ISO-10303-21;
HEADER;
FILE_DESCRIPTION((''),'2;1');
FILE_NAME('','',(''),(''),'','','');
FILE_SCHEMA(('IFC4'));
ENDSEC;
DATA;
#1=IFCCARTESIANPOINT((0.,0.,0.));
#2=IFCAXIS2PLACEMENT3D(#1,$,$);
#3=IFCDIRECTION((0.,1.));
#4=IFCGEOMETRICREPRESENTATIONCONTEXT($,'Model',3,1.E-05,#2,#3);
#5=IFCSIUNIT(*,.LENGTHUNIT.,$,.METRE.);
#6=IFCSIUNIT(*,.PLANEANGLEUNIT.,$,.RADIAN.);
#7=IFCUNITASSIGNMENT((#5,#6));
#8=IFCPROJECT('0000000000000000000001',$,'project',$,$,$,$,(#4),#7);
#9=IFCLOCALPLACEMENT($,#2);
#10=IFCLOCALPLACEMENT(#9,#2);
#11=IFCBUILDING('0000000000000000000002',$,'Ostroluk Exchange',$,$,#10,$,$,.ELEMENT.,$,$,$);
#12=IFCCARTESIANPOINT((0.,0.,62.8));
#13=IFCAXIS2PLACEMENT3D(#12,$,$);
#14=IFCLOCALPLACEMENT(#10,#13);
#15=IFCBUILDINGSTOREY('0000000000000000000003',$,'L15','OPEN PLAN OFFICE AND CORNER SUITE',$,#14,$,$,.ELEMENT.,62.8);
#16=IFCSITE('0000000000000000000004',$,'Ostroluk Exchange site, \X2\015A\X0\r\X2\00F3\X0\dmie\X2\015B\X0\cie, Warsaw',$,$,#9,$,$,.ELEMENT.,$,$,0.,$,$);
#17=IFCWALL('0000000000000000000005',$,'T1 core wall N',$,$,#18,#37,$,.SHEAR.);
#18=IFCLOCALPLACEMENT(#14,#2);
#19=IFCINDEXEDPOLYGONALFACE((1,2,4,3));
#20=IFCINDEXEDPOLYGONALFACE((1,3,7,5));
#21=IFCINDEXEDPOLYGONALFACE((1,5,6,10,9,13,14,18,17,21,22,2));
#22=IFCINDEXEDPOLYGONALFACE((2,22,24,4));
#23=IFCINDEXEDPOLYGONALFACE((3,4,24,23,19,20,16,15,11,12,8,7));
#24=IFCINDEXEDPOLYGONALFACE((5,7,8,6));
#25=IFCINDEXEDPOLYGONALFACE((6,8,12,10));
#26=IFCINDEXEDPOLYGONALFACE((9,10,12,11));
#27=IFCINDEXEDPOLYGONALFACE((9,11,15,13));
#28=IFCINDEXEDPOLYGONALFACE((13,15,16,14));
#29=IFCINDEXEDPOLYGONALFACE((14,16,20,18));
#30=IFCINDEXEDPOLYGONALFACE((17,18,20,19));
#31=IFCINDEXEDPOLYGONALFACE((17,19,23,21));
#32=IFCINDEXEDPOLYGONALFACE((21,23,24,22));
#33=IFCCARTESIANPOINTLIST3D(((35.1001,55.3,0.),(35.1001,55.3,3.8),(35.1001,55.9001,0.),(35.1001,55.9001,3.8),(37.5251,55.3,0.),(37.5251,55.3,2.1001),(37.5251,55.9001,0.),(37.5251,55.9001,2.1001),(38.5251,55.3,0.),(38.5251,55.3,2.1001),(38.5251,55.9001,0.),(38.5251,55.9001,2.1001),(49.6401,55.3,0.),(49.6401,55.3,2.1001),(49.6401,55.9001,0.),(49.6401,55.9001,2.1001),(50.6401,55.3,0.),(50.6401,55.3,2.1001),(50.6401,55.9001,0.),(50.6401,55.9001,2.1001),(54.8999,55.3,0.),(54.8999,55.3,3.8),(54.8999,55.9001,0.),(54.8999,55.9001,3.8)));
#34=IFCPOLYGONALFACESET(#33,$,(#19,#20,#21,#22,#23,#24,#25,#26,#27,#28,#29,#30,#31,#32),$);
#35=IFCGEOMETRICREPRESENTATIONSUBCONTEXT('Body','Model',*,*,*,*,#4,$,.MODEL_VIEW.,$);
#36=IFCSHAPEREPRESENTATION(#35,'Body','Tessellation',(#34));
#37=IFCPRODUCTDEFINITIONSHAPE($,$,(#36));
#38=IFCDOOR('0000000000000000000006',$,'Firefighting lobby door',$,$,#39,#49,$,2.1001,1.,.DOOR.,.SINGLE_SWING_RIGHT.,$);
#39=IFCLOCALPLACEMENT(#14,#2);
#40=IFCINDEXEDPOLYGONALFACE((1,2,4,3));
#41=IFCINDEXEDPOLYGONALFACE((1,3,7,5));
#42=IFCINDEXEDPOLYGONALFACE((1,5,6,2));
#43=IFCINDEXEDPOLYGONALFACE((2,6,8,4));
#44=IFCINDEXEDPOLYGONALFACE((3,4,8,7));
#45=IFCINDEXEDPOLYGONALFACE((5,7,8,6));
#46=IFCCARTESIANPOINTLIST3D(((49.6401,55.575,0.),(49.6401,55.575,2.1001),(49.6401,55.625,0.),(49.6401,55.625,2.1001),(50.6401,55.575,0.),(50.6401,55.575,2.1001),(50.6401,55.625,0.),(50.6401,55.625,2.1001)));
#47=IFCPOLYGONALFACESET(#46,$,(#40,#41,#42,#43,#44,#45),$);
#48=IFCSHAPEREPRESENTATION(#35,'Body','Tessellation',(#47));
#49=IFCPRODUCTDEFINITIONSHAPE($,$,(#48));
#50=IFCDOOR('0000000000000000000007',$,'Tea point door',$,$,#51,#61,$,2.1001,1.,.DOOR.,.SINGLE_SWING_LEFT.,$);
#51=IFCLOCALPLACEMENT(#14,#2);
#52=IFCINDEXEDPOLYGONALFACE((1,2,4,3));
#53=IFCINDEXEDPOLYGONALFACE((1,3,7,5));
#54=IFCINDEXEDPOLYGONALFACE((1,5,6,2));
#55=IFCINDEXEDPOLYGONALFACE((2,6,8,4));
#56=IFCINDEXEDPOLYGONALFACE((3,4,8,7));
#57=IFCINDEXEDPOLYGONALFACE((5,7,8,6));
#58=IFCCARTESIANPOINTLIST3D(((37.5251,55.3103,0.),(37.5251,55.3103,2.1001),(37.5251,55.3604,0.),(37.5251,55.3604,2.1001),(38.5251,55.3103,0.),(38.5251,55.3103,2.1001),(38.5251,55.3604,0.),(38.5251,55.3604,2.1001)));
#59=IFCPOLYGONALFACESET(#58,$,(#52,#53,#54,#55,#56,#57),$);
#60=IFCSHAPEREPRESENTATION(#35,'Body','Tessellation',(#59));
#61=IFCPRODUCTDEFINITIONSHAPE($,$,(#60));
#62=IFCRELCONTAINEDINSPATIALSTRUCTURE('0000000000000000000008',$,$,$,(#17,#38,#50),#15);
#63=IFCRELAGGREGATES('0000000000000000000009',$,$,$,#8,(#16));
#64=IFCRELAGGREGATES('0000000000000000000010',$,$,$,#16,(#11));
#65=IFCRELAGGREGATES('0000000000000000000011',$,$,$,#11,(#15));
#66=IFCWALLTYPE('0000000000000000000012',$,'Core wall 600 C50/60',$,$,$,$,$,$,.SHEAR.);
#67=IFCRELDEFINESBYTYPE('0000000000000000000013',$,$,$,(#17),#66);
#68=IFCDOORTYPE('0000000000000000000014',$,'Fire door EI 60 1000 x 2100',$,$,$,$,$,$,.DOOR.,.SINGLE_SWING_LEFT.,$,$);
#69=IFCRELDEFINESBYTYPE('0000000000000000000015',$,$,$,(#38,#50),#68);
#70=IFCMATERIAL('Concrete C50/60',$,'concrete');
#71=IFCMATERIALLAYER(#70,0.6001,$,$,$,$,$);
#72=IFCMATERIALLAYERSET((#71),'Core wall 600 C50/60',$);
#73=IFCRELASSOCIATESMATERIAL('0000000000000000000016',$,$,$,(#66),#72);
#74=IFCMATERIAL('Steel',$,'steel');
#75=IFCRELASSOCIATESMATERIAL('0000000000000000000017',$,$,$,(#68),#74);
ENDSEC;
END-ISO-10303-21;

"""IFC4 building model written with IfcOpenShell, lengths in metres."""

from ifc_helpers import new_model, si_unit, direction, frame, frame_2d, origin, place, context, subcontext, project, spatial, rectangle, extrude, material, layer, layer_set, type_object, element, fill, save


model = new_model("IFC4")

# Units and contexts
model_context = context("Model", 3, precision=1e-05, world=origin(), true_north=direction((0.0, 1.0)))
body_context = subcontext(model_context, "Body", "Model", "MODEL_VIEW")
ifc_project = project(units=[si_unit("LENGTHUNIT", "METRE"), si_unit("PLANEANGLEUNIT", "RADIAN")], contexts=[model_context])

# Site, building, storey
site_placement = place(None, origin())
site = spatial("IfcSite", under=ifc_project, at=site_placement, Name="Ostroluk Exchange site, Śródmieście, Warsaw", CompositionType="ELEMENT", RefElevation=0.0)
building_placement = place(site_placement, origin())
building = spatial("IfcBuilding", under=site, at=building_placement, Name="Ostroluk Exchange", CompositionType="ELEMENT")
storey_placement = place(building_placement, frame((0.0, 0.0, 62.8)))
storey = spatial("IfcBuildingStorey", under=building, at=storey_placement, Name="L15", Description="OPEN PLAN OFFICE AND CORNER SUITE", CompositionType="ELEMENT", Elevation=62.8)

# Wall, openings, doors
ifc_material_1 = material(Name="Concrete C50/60", Category="concrete")
ifc_layer_1 = layer(ifc_material_1, 0.6001)
ifc_layer_set_1 = layer_set([ifc_layer_1], Name="Core wall 600 C50/60")
wall_type_1 = type_object("IfcWallType", Name="Core wall 600 C50/60", PredefinedType="SHEAR", material=ifc_layer_set_1)
wall_1_placement = place(storey_placement, frame((35.1001, 55.6001, 0.0), z_axis=(0.0, 0.0, 1.0), x_axis=(1.0, 0.0, 0.0)))
wall_1 = element("IfcWall", 1, at=wall_1_placement, inside=storey, type_object=wall_type_1, Name="T1 core wall N", PredefinedType="SHEAR", context=body_context, shape_type="SweptSolid", body=[
    extrude(rectangle(XDim=19.7998, YDim=0.6001, at=frame_2d((9.8999, 0.0))), origin(), (0.0, 0.0, 1.0), 3.8),
])
opening_1_placement = place(wall_1_placement, frame((14.54, 0.0, 0.0)))
opening_1 = element("IfcOpeningElement", 2, at=opening_1_placement, cuts=wall_1, PredefinedType="OPENING", context=body_context, shape_type="SweptSolid", body=[
    extrude(rectangle(XDim=1.0, YDim=2.1001, at=frame_2d((0.5, 1.05))), frame((0.0, 0.3101, 0.0), z_axis=(0.0, -1.0, 0.0), x_axis=(1.0, 0.0, 0.0)), (0.0, 0.0, 1.0), 0.6201),
])
opening_2_placement = place(wall_1_placement, frame((2.425, 0.0, 0.0)))
opening_2 = element("IfcOpeningElement", 3, at=opening_2_placement, cuts=wall_1, PredefinedType="OPENING", context=body_context, shape_type="SweptSolid", body=[
    extrude(rectangle(XDim=1.0, YDim=2.1001, at=frame_2d((0.5, 1.05))), frame((0.0, 0.3101, 0.0), z_axis=(0.0, -1.0, 0.0), x_axis=(1.0, 0.0, 0.0)), (0.0, 0.0, 1.0), 0.6201),
])
ifc_material_2 = material(Name="Steel", Category="steel")
door_type_1 = type_object("IfcDoorType", Name="Fire door EI 60 1000 x 2100", OperationType="SINGLE_SWING_LEFT", PredefinedType="DOOR", material=ifc_material_2)
door_1_placement = place(opening_1_placement, origin())
door_1 = element("IfcDoor", 4, at=door_1_placement, inside=storey, type_object=door_type_1, Name="Firefighting lobby door", OperationType="SINGLE_SWING_RIGHT", OverallHeight=2.1001, OverallWidth=1.0, PredefinedType="DOOR", context=body_context, shape_type="SweptSolid", body=[
    extrude(rectangle(XDim=1.0, YDim=2.1001, at=frame_2d((0.5, 1.05))), frame((0.0, 0.0249, 0.0), z_axis=(0.0, -1.0, 0.0), x_axis=(1.0, 0.0, 0.0)), (0.0, 0.0, 1.0), 0.05),
])
fill(opening_1, door_1)
door_2_placement = place(opening_2_placement, origin())
door_2 = element("IfcDoor", 5, at=door_2_placement, inside=storey, type_object=door_type_1, Name="Tea point door", OperationType="SINGLE_SWING_LEFT", OverallHeight=2.1001, OverallWidth=1.0, PredefinedType="DOOR", context=body_context, shape_type="SweptSolid", body=[
    extrude(rectangle(XDim=1.0, YDim=2.1001, at=frame_2d((0.5, 1.05))), frame((0.0, -0.2397, 0.0), z_axis=(0.0, -1.0, 0.0), x_axis=(1.0, 0.0, 0.0)), (0.0, 0.0, 1.0), 0.05),
])
fill(opening_2, door_2)

save(model, "model.ifc")
